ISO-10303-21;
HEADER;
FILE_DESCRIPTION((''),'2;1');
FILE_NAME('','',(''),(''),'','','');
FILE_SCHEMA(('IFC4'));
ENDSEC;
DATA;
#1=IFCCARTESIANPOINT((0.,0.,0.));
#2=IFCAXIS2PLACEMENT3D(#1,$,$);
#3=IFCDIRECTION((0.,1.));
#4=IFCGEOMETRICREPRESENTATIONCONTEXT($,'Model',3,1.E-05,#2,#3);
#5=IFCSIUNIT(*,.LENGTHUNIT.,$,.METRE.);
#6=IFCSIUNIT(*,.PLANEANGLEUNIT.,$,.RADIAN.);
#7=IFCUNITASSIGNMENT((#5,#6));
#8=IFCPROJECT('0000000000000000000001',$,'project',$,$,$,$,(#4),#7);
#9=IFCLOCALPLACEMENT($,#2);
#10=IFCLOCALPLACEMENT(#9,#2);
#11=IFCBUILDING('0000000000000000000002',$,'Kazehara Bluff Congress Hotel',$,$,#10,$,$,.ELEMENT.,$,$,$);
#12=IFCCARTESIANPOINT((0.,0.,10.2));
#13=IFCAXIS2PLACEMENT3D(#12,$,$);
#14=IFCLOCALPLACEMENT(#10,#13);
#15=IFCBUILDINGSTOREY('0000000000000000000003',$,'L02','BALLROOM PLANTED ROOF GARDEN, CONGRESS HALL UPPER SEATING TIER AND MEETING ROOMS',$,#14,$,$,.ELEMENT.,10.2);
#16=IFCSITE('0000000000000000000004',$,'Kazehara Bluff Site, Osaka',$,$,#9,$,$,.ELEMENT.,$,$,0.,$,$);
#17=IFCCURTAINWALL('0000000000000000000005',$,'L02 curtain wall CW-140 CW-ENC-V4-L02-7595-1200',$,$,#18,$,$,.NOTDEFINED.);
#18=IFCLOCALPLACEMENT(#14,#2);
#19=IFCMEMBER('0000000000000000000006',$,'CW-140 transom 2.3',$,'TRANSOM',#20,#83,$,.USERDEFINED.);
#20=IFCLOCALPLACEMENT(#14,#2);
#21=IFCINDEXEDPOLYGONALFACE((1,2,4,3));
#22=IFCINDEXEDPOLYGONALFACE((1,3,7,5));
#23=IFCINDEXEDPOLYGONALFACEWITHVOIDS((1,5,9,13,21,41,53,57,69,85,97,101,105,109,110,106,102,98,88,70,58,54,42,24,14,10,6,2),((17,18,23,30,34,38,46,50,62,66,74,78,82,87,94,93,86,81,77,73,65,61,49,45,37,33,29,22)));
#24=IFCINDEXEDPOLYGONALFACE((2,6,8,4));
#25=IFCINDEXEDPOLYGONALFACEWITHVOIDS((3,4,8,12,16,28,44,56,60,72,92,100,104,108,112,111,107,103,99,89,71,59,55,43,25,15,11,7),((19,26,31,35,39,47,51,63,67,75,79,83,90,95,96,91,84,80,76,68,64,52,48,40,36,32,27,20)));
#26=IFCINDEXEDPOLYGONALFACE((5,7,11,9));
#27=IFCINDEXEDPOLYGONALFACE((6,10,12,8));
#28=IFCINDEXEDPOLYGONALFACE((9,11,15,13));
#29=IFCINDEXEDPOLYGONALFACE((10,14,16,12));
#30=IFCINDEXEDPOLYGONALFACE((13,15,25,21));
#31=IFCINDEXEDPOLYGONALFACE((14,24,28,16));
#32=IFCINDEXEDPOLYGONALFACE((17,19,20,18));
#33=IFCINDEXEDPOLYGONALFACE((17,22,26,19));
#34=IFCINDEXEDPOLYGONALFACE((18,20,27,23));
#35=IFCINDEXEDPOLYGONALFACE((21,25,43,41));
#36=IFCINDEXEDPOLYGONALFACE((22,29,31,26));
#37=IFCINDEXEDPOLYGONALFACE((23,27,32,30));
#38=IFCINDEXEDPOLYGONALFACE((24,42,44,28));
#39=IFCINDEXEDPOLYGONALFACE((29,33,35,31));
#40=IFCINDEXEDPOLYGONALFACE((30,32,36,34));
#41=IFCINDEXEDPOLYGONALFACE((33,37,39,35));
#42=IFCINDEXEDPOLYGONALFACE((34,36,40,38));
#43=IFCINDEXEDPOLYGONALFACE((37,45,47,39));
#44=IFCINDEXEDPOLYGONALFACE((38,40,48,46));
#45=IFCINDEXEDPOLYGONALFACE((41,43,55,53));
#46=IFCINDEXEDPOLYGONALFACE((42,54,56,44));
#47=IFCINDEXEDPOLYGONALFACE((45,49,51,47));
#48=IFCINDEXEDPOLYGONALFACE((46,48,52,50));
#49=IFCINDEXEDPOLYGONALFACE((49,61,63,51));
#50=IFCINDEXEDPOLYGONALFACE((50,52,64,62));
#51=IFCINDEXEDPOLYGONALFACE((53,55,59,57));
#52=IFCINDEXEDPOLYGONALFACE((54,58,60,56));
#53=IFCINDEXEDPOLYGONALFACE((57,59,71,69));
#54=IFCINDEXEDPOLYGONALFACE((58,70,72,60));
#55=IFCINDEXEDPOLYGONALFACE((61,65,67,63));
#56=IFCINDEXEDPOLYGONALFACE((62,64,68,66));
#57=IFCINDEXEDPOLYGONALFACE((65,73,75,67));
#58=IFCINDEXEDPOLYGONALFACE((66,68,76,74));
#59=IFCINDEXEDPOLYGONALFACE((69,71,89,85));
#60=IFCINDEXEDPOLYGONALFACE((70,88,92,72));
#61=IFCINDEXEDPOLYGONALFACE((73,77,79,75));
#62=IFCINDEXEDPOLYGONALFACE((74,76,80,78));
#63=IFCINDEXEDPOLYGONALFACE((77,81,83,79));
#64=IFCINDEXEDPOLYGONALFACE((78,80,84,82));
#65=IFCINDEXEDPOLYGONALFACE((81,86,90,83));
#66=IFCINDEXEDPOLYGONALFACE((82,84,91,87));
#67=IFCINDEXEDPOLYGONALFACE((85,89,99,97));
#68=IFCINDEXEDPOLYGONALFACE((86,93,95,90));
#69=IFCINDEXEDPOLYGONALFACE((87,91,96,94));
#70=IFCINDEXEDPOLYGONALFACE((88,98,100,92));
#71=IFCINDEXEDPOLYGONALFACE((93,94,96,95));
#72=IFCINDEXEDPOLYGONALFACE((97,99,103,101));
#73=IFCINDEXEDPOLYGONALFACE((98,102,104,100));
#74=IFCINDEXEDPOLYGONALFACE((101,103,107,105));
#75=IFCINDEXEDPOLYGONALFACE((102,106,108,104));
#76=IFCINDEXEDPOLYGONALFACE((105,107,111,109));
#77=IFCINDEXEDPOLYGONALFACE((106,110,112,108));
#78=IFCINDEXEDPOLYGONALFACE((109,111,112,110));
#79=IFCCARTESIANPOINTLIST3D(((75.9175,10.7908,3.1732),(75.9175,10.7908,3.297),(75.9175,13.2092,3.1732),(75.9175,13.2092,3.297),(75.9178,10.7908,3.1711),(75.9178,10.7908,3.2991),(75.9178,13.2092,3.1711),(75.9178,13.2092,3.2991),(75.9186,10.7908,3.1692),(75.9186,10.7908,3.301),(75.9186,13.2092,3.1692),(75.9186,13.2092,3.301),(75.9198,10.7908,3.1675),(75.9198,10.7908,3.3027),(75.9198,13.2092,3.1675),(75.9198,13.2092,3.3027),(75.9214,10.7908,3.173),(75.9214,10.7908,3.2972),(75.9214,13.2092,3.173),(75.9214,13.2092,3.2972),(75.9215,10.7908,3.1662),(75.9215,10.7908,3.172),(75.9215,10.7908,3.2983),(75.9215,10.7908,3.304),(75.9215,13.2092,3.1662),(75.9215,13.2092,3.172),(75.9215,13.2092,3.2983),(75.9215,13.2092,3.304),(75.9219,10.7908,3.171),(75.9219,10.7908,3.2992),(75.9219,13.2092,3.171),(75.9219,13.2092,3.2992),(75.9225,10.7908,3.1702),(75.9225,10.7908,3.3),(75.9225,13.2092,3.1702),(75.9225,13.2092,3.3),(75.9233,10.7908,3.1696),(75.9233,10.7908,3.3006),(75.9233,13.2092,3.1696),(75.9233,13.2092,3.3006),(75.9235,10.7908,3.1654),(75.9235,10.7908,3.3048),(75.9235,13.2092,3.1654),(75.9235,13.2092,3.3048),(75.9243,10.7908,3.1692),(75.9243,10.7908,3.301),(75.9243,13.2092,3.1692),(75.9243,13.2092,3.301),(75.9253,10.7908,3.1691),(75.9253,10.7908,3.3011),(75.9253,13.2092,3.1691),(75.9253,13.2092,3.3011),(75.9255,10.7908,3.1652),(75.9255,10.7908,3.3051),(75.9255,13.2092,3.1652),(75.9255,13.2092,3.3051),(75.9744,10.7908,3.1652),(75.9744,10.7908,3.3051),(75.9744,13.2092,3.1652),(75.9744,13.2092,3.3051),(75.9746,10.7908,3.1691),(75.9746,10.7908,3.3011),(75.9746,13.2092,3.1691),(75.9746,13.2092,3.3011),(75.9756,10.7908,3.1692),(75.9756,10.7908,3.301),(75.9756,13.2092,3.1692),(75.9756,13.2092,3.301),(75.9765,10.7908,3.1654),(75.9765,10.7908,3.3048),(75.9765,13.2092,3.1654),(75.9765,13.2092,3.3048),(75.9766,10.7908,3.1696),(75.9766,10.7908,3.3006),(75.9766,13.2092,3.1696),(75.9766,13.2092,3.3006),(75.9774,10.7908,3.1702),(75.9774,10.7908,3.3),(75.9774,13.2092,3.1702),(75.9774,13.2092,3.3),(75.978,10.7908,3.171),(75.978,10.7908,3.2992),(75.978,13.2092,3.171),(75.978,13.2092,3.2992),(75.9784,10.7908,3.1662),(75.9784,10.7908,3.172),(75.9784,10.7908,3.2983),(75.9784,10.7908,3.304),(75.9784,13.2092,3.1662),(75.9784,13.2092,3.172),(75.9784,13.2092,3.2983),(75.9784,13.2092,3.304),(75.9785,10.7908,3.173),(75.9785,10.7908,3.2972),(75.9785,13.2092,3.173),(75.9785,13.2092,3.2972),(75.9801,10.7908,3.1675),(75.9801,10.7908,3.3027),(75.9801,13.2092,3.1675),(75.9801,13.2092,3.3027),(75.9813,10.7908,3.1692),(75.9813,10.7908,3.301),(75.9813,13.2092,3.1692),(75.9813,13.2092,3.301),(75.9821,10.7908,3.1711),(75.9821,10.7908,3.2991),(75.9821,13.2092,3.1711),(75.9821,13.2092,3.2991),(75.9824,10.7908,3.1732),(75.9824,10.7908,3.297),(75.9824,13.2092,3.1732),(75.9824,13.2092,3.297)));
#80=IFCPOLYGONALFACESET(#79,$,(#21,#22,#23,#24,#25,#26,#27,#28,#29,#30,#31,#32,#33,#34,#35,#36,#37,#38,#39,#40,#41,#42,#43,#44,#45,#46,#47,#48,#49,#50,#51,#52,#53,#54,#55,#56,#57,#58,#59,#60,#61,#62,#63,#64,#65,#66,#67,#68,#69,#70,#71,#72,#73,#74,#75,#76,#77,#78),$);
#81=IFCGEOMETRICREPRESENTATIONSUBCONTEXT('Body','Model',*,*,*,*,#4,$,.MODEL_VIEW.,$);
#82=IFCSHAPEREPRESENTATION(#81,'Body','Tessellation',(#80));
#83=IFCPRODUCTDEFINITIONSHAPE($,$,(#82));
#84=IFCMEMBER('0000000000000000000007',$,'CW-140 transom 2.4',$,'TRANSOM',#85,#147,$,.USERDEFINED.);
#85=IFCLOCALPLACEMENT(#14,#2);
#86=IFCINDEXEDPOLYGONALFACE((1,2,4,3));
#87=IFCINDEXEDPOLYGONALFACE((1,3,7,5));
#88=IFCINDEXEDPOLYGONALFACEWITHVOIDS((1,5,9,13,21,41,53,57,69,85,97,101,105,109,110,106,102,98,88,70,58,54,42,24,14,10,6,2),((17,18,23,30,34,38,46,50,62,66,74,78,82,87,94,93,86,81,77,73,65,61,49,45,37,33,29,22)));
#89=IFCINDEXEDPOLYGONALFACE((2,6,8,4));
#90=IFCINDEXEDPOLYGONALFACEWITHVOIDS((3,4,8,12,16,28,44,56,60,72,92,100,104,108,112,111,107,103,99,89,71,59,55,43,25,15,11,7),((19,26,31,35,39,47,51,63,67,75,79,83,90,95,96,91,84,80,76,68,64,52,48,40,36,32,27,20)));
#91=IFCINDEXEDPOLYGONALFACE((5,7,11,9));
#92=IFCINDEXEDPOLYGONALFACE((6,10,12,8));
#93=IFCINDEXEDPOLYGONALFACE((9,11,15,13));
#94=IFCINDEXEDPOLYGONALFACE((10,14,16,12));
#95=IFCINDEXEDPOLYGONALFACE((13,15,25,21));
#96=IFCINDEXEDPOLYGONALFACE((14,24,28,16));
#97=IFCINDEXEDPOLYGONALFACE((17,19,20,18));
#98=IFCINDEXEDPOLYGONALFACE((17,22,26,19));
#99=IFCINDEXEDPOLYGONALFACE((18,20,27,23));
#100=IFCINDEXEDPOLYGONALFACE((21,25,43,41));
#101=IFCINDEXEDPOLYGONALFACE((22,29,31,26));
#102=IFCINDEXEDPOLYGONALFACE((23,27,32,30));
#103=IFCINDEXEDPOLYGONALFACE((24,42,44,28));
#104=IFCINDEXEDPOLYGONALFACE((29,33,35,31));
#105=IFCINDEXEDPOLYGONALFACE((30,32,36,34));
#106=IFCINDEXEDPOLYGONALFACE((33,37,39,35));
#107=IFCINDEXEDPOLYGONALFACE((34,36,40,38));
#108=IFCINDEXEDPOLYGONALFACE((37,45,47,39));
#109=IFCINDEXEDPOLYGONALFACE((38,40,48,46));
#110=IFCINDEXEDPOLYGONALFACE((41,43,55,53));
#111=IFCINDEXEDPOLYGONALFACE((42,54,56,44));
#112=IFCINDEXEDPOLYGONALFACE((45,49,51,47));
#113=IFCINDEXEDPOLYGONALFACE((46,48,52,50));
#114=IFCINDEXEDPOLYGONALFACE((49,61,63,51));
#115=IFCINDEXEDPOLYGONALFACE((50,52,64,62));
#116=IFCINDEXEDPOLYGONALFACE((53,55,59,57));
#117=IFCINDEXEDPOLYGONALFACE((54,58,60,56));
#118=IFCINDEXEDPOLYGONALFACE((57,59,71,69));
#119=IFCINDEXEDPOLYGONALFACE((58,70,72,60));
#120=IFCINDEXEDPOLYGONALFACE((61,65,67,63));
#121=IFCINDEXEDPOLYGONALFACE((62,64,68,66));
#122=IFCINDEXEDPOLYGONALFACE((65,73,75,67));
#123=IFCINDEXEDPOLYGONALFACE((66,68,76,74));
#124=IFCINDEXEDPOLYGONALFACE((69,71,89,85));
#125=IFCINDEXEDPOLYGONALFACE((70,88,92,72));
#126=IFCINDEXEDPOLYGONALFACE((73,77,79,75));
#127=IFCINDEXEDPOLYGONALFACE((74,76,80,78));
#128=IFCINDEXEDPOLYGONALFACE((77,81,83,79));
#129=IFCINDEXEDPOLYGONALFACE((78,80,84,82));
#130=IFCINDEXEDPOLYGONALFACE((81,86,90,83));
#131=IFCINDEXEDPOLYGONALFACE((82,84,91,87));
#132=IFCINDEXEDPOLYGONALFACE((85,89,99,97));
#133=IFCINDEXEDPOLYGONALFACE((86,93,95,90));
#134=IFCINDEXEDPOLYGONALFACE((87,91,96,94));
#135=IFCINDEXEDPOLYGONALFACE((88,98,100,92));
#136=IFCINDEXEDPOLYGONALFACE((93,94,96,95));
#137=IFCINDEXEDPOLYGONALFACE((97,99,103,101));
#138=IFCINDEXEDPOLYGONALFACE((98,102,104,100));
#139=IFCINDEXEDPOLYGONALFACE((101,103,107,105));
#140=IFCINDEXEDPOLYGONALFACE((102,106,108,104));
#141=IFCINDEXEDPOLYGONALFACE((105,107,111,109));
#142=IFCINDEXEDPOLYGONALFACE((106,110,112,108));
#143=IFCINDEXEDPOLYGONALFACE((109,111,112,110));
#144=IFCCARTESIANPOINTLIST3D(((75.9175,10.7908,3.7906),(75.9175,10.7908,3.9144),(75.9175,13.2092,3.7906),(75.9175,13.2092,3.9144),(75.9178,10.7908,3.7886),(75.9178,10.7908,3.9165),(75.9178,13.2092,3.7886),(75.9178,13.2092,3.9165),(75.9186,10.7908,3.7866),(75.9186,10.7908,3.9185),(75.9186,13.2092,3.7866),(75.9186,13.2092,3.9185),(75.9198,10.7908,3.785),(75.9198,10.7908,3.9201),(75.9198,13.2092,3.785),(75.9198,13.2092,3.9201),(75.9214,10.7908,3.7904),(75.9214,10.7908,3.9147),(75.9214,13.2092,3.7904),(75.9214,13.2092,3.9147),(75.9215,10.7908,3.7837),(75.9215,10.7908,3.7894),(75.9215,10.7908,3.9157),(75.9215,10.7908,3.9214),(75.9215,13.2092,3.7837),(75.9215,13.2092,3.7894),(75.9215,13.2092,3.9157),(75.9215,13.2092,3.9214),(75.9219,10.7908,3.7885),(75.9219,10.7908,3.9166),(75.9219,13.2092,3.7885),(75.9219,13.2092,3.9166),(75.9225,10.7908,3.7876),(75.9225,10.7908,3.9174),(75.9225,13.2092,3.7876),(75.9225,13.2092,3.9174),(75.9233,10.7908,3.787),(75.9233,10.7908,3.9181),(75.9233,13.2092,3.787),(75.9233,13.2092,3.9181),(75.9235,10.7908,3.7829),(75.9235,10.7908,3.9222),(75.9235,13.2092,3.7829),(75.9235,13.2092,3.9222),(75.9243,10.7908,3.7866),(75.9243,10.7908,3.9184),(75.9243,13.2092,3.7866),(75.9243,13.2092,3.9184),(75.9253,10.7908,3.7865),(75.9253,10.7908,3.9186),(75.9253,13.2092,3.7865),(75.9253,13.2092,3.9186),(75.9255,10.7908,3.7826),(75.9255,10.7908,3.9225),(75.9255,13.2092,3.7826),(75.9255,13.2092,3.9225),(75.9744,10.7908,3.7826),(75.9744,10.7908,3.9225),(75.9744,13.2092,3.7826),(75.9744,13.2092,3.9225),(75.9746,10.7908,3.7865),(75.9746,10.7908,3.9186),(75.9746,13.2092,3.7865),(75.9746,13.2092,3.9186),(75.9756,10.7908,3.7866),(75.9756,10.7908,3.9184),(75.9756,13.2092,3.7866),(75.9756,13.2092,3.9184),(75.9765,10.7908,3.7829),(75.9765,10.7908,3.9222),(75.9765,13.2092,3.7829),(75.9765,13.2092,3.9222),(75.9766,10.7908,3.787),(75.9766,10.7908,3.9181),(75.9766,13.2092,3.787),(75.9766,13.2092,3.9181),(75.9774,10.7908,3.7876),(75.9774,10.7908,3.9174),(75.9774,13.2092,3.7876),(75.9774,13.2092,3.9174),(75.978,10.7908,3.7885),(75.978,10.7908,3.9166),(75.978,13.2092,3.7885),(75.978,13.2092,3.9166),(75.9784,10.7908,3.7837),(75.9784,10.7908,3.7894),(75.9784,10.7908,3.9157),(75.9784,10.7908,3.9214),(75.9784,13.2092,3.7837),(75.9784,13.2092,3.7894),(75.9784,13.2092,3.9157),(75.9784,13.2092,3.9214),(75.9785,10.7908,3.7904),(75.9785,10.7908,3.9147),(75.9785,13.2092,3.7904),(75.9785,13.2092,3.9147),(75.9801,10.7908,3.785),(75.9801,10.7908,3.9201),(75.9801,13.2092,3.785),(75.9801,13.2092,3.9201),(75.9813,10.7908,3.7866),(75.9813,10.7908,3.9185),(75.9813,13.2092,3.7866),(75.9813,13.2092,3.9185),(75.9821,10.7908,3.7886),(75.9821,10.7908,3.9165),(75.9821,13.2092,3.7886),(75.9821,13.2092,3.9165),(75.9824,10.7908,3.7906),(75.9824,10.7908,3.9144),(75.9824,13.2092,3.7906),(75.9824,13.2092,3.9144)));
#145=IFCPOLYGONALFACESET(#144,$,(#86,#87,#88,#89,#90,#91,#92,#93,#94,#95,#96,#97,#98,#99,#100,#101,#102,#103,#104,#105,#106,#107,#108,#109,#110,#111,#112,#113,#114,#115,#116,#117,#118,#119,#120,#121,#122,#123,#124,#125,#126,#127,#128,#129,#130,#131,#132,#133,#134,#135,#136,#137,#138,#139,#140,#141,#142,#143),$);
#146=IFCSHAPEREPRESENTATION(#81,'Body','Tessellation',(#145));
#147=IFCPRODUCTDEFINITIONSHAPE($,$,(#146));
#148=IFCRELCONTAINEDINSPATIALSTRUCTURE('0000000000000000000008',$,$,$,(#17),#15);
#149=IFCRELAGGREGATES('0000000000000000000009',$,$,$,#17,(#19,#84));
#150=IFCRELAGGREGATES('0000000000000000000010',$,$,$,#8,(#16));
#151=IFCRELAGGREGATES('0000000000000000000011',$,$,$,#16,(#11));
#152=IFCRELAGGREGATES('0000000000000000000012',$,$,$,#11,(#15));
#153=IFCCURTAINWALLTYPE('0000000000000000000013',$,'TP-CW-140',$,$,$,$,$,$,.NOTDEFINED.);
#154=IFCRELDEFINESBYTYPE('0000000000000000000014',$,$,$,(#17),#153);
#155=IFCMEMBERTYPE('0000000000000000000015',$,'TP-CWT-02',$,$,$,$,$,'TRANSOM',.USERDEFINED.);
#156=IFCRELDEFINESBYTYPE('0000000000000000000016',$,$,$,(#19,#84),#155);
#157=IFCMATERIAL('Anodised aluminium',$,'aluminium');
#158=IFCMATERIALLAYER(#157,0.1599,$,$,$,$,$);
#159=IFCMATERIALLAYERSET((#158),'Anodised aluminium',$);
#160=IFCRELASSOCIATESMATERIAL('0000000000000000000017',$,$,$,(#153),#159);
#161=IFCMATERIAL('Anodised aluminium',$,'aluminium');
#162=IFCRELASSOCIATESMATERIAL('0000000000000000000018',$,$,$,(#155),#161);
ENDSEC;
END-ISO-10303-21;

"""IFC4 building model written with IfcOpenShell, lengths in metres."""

from ifc_helpers import new_model, si_unit, direction, frame, origin, origin_2d, place, context, subcontext, project, spatial, hollow_rectangle, extrude, material, layer, layer_set, material_profile, profile_set, type_object, element, aggregate, save


model = new_model("IFC4")

# Units and contexts
model_context = context("Model", 3, precision=1e-05, world=origin(), true_north=direction((0.0, 1.0)))
body_context = subcontext(model_context, "Body", "Model", "MODEL_VIEW")
ifc_project = project(units=[si_unit("LENGTHUNIT", "METRE"), si_unit("PLANEANGLEUNIT", "RADIAN")], contexts=[model_context])

# Site, building, storey
site_placement = place(None, origin())
site = spatial("IfcSite", under=ifc_project, at=site_placement, Name="Kazehara Bluff Site, Osaka", CompositionType="ELEMENT", RefElevation=0.0)
building_placement = place(site_placement, origin())
building = spatial("IfcBuilding", under=site, at=building_placement, Name="Kazehara Bluff Congress Hotel", CompositionType="ELEMENT")
storey_placement = place(building_placement, frame((0.0, 0.0, 10.2)))
storey = spatial("IfcBuildingStorey", under=building, at=storey_placement, Name="L02", Description="BALLROOM PLANTED ROOF GARDEN, CONGRESS HALL UPPER SEATING TIER AND MEETING ROOMS", CompositionType="ELEMENT", Elevation=10.2)

# Curtain wall
ifc_material_1 = material(Name="Anodised aluminium", Category="aluminium")
ifc_layer_1 = layer(ifc_material_1, 0.1599)
ifc_layer_set_1 = layer_set([ifc_layer_1], Name="Anodised aluminium")
curtain_wall_type_1 = type_object("IfcCurtainWallType", Name="TP-CW-140", PredefinedType="NOTDEFINED", material=ifc_layer_set_1)
curtain_wall_1_placement = place(storey_placement, origin())
curtain_wall_1 = element("IfcCurtainWall", 1, at=curtain_wall_1_placement, inside=storey, type_object=curtain_wall_type_1, Name="L02 curtain wall CW-140 CW-ENC-V4-L02-7595-1200", PredefinedType="NOTDEFINED")

# Members
ifc_material_2 = material(Name="Anodised aluminium", Category="aluminium")
ifc_material_profile_1 = material_profile(ifc_material_2, hollow_rectangle(XDim=0.0649, YDim=0.1399, WallThickness=0.0039, InnerFilletRadius=0.0039, OuterFilletRadius=0.0081, at=origin_2d()))
ifc_profile_set_1 = profile_set([ifc_material_profile_1], Name="Anodised aluminium")
member_type_1 = type_object("IfcMemberType", Name="TP-CWT-02", ElementType="TRANSOM", PredefinedType="USERDEFINED", material=ifc_profile_set_1)
member_1_placement = place(storey_placement, frame((75.95, 13.2092, 3.2351), z_axis=(0.0, -1.0, 0.0), x_axis=(1.0, 0.0, 0.0)))
member_1 = element("IfcMember", 2, at=member_1_placement, type_object=member_type_1, Name="CW-140 transom 2.3", ObjectType="TRANSOM", PredefinedType="USERDEFINED", context=body_context, shape_type="SweptSolid", body=[
    extrude(hollow_rectangle(XDim=0.0649, YDim=0.1399, WallThickness=0.0039, InnerFilletRadius=0.0039, OuterFilletRadius=0.0081, at=origin_2d()), origin(), (0.0, 0.0, 1.0), 2.4185),
])
member_2_placement = place(storey_placement, frame((75.95, 13.2092, 3.8525), z_axis=(0.0, -1.0, 0.0), x_axis=(1.0, 0.0, 0.0)))
member_2 = element("IfcMember", 3, at=member_2_placement, type_object=member_type_1, Name="CW-140 transom 2.4", ObjectType="TRANSOM", PredefinedType="USERDEFINED", context=body_context, shape_type="SweptSolid", body=[
    extrude(hollow_rectangle(XDim=0.0649, YDim=0.1399, WallThickness=0.0039, InnerFilletRadius=0.0039, OuterFilletRadius=0.0081, at=origin_2d()), origin(), (0.0, 0.0, 1.0), 2.4185),
])

aggregate(curtain_wall_1, [member_1, member_2])

save(model, "model.ifc")
